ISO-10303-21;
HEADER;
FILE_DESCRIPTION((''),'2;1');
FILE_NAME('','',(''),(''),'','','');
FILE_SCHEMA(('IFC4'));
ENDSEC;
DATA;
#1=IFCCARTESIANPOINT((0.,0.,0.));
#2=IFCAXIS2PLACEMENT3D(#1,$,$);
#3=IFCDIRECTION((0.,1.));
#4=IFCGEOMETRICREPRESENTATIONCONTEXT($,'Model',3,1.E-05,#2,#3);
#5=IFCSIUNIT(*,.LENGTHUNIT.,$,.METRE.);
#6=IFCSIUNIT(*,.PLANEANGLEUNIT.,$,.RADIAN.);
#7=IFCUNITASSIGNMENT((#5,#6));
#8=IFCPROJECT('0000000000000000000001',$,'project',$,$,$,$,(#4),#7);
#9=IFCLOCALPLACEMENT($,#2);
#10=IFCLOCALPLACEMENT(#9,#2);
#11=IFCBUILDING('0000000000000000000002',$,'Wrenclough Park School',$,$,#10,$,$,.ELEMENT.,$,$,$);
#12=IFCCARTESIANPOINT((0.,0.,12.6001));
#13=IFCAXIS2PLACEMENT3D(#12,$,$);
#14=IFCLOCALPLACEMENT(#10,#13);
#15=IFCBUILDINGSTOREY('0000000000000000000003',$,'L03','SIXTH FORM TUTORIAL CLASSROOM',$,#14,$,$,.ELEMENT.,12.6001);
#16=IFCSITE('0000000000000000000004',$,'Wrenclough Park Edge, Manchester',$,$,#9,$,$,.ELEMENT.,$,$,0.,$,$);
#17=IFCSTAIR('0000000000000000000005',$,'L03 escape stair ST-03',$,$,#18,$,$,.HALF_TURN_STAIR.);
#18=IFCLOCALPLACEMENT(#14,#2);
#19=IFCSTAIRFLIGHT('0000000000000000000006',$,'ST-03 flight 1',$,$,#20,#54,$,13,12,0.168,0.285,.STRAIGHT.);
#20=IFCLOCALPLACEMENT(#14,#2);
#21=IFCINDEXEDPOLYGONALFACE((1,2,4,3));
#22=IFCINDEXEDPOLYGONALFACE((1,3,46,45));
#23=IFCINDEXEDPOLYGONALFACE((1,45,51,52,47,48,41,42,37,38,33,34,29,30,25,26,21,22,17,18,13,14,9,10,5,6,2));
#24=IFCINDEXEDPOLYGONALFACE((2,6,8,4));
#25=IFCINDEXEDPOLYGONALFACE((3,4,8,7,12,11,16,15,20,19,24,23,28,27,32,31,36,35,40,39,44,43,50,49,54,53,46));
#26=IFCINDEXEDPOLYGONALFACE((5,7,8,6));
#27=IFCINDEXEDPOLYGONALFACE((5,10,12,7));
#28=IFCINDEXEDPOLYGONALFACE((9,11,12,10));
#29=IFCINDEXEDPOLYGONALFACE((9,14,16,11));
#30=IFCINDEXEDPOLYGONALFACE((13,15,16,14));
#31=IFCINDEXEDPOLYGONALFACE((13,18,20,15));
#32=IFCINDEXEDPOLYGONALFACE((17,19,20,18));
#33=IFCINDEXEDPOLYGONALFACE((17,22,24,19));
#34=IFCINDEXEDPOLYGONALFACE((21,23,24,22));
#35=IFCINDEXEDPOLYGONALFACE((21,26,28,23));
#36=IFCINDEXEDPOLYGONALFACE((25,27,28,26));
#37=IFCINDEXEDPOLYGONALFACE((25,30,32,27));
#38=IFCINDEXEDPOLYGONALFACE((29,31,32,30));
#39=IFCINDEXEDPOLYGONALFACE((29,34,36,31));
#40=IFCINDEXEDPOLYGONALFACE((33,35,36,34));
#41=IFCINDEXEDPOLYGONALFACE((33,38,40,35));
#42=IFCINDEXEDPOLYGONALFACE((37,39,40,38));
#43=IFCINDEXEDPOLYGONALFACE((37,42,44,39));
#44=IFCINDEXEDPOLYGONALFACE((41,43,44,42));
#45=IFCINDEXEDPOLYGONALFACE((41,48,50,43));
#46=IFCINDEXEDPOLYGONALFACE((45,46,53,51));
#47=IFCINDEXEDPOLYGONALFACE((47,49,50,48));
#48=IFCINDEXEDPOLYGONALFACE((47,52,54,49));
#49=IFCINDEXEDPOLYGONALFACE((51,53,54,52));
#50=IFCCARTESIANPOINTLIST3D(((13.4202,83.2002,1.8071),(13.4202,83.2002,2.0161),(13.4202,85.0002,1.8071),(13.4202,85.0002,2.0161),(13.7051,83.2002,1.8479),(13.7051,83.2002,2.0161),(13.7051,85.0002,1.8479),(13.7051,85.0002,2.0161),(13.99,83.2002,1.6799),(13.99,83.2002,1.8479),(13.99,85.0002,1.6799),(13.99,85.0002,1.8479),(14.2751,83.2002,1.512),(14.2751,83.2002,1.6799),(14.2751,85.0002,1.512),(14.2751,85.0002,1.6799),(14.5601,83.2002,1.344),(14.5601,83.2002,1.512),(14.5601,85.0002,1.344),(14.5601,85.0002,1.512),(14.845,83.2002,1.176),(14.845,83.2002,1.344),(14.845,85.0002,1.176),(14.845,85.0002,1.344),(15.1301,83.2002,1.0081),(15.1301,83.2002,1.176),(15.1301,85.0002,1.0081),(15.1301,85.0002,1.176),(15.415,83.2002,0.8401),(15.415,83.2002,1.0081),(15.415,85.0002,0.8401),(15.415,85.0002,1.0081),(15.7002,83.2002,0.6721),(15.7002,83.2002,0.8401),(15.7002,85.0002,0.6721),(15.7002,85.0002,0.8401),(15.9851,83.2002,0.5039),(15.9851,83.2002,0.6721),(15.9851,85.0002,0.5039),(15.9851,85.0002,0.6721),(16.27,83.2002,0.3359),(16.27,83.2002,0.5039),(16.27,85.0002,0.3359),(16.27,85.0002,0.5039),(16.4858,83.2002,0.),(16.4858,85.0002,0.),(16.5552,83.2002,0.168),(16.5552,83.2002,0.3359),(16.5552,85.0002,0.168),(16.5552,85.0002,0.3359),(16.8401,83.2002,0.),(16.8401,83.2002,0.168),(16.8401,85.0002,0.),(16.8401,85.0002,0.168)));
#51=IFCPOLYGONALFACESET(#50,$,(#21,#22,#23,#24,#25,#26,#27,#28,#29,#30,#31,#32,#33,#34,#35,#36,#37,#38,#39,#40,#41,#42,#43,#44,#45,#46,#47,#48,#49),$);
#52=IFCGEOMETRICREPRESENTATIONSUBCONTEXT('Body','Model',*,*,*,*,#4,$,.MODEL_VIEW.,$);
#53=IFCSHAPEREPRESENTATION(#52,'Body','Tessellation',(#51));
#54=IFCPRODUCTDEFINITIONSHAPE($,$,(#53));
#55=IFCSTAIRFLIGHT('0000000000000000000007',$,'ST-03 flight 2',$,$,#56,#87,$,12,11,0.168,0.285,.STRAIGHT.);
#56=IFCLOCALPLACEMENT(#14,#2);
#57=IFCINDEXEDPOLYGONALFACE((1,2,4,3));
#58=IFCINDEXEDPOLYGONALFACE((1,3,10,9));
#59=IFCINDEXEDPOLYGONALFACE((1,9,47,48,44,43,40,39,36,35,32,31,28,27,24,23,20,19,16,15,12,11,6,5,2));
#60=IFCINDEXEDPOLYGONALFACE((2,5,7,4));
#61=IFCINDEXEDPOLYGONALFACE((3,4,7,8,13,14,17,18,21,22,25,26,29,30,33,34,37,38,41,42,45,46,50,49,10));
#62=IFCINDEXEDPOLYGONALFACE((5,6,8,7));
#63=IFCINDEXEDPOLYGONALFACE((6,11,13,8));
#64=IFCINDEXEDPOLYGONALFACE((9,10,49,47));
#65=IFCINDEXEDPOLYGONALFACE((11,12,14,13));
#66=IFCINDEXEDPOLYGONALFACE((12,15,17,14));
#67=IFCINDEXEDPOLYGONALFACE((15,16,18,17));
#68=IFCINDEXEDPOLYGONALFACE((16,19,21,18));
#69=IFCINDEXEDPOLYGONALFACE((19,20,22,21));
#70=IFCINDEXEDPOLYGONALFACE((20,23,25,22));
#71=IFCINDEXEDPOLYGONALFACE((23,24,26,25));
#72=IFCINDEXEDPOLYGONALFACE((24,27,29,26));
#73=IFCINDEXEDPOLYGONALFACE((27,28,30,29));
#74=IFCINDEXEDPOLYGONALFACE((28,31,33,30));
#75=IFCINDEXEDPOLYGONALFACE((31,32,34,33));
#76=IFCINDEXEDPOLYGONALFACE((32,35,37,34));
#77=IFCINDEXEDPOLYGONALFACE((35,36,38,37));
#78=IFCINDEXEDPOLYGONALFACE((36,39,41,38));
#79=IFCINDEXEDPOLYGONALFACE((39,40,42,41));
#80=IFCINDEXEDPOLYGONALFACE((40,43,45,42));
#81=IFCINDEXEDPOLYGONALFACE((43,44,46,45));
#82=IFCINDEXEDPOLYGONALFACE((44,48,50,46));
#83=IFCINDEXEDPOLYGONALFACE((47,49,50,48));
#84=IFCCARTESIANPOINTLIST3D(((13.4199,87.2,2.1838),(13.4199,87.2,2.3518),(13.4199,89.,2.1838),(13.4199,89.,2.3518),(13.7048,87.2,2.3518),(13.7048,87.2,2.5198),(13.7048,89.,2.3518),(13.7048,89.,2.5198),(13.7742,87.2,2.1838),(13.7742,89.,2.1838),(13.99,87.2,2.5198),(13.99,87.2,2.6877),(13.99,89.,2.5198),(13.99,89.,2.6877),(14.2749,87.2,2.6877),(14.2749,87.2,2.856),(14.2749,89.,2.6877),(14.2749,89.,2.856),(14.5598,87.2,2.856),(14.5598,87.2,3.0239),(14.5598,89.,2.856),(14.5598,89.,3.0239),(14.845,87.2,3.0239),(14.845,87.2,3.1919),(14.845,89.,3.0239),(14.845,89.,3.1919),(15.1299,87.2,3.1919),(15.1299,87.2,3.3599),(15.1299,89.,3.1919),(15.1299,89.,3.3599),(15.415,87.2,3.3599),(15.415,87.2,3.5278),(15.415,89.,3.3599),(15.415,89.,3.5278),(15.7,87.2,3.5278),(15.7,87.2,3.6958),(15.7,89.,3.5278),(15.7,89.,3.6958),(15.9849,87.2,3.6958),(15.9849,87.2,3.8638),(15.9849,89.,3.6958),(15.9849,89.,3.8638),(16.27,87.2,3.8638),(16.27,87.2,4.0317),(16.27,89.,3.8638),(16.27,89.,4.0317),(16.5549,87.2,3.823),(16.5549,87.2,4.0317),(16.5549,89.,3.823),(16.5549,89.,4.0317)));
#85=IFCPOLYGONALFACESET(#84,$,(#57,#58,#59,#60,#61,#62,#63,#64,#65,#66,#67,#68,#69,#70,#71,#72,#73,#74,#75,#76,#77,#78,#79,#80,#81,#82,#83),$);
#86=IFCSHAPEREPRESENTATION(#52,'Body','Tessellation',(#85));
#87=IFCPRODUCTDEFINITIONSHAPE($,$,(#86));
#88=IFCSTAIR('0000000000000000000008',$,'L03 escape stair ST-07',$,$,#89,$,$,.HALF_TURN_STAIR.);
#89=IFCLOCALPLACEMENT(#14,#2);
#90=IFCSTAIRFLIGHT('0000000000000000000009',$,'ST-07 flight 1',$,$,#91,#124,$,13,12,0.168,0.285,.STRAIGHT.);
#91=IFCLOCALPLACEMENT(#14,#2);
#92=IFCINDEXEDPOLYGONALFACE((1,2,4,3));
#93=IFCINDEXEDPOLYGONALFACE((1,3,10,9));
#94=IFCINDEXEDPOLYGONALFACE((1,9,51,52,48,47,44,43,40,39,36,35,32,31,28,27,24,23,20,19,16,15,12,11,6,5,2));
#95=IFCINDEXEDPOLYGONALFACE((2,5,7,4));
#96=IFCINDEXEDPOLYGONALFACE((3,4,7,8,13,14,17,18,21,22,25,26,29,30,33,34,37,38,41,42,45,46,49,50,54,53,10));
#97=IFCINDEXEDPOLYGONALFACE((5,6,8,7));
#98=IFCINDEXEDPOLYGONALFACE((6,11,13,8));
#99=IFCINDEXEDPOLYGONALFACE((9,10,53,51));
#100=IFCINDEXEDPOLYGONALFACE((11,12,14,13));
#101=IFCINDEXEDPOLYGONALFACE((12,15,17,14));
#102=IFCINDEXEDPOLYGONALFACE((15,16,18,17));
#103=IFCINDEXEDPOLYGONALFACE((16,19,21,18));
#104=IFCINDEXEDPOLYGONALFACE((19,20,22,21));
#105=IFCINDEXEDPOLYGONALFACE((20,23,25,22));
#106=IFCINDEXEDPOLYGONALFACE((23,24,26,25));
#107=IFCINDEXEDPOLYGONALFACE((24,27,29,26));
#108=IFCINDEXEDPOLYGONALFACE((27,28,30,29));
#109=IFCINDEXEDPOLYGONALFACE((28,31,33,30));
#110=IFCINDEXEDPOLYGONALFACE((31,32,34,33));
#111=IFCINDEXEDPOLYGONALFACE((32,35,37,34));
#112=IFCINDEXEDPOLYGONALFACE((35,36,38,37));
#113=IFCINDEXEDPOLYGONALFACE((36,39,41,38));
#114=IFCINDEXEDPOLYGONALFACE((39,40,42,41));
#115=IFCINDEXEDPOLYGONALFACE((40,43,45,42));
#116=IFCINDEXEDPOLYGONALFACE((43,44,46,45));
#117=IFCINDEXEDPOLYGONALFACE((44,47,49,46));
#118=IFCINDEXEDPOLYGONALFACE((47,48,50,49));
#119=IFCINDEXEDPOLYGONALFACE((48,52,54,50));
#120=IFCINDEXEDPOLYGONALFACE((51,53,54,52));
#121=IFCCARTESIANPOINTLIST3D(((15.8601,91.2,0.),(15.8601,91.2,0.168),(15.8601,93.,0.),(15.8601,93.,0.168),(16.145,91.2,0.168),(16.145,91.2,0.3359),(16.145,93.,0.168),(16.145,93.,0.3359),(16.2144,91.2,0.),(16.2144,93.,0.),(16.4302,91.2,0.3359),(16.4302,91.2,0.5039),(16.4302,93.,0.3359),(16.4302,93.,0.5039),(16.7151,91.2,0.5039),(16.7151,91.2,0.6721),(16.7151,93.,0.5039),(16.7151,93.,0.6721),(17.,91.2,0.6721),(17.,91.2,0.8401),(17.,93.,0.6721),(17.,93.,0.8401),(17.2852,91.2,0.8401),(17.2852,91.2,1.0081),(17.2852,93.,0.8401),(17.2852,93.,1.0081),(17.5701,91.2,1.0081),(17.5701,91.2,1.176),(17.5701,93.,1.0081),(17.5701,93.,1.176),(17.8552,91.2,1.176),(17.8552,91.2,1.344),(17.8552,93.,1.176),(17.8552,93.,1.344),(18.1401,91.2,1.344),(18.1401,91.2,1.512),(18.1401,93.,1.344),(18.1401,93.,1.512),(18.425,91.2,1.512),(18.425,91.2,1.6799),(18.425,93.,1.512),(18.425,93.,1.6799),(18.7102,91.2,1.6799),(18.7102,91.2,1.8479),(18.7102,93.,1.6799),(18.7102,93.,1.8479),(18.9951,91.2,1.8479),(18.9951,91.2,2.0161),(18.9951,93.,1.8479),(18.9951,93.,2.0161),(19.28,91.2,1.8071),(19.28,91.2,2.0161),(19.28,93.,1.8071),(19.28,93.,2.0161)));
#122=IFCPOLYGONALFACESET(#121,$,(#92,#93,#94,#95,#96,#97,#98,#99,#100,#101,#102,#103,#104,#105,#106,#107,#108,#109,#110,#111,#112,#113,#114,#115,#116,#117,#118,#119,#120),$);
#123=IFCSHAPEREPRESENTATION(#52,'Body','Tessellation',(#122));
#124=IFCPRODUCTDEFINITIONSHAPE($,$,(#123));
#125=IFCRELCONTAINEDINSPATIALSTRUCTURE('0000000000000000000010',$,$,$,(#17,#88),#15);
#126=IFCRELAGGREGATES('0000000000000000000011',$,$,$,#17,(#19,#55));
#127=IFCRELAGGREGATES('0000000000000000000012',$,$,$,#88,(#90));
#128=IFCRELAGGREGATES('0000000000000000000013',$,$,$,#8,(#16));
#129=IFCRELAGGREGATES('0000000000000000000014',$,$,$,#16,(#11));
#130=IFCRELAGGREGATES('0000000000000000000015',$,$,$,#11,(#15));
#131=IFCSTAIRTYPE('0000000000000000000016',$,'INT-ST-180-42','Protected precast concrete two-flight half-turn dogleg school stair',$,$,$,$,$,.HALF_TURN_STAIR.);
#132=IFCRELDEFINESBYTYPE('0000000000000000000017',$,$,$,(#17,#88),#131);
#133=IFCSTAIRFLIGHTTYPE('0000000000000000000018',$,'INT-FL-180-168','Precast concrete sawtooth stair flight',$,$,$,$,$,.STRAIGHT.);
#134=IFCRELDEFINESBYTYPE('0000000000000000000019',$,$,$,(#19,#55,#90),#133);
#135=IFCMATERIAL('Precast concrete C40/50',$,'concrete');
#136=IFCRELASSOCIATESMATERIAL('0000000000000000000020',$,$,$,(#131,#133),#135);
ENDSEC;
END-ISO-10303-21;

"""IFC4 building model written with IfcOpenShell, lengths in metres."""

from ifc_helpers import new_model, si_unit, direction, frame, origin, place, context, subcontext, project, spatial, polyline, outline, extrude, material, type_object, element, aggregate, save


model = new_model("IFC4")

# Units and contexts
model_context = context("Model", 3, precision=1e-05, world=origin(), true_north=direction((0.0, 1.0)))
body_context = subcontext(model_context, "Body", "Model", "MODEL_VIEW")
ifc_project = project(units=[si_unit("LENGTHUNIT", "METRE"), si_unit("PLANEANGLEUNIT", "RADIAN")], contexts=[model_context])

# Site, building, storey
site_placement = place(None, origin())
site = spatial("IfcSite", under=ifc_project, at=site_placement, Name="Wrenclough Park Edge, Manchester", CompositionType="ELEMENT", RefElevation=0.0)
building_placement = place(site_placement, origin())
building = spatial("IfcBuilding", under=site, at=building_placement, Name="Wrenclough Park School", CompositionType="ELEMENT")
storey_placement = place(building_placement, frame((0.0, 0.0, 12.6001)))
storey = spatial("IfcBuildingStorey", under=building, at=storey_placement, Name="L03", Description="SIXTH FORM TUTORIAL CLASSROOM", CompositionType="ELEMENT", Elevation=12.6001)

# Stair, stair flights
ifc_material_1 = material(Name="Precast concrete C40/50", Category="concrete")
stair_type = type_object("IfcStairType", Name="INT-ST-180-42", Description="Protected precast concrete two-flight half-turn dogleg school stair", PredefinedType="HALF_TURN_STAIR", material=ifc_material_1)
stair_1_placement = place(storey_placement, origin())
stair_1 = element("IfcStair", 1, at=stair_1_placement, inside=storey, type_object=stair_type, Name="L03 escape stair ST-03", PredefinedType="HALF_TURN_STAIR")
stair_flight_type = type_object("IfcStairFlightType", Name="INT-FL-180-168", Description="Precast concrete sawtooth stair flight", PredefinedType="STRAIGHT", material=ifc_material_1)
stair_flight_1_placement = place(storey_placement, frame((16.8401, 84.1001, 0.0), z_axis=(0.0, 0.0, 1.0), x_axis=(-1.0, 0.0, 0.0)))
stair_flight_1 = element("IfcStairFlight", 2, at=stair_flight_1_placement, type_object=stair_flight_type, Name="ST-03 flight 1", NumberOfRisers=13, NumberOfTreads=12, PredefinedType="STRAIGHT", RiserHeight=0.168, TreadLength=0.285, context=body_context, shape_type="SweptSolid", body=[
    extrude(outline(polyline([(0.0, 0.0), (0.0, 0.168), (0.2849, 0.168), (0.2849, 0.3359), (0.5701, 0.3359), (0.5701, 0.5039), (0.855, 0.5039), (0.855, 0.6721), (1.1399, 0.6721), (1.1399, 0.8401), (1.425, 0.8401), (1.425, 1.0081), (1.71, 1.0081), (1.71, 1.176), (1.9951, 1.176), (1.9951, 1.344), (2.28, 1.344), (2.28, 1.512), (2.5649, 1.512), (2.5649, 1.6799), (2.8501, 1.6799), (2.8501, 1.8479), (3.135, 1.8479), (3.135, 2.0161), (3.4199, 2.0161), (3.4199, 2.1841), (3.4199, 1.8071), (0.3542, 0.0), (0.0, 0.0)])), frame((0.0, 0.8999, 0.0), z_axis=(0.0, -1.0, 0.0), x_axis=(1.0, 0.0, 0.0)), (0.0, 0.0, 1.0), 1.8),
])
stair_flight_2_placement = place(storey_placement, frame((13.4199, 88.1001, 2.1838), z_axis=(0.0, 0.0, 1.0), x_axis=(1.0, 0.0, 0.0)))
stair_flight_2 = element("IfcStairFlight", 3, at=stair_flight_2_placement, type_object=stair_flight_type, Name="ST-03 flight 2", NumberOfRisers=12, NumberOfTreads=11, PredefinedType="STRAIGHT", RiserHeight=0.168, TreadLength=0.285, context=body_context, shape_type="SweptSolid", body=[
    extrude(outline(polyline([(0.0, 0.0), (0.0, 0.168), (0.2849, 0.168), (0.2849, 0.3359), (0.5701, 0.3359), (0.5701, 0.5039), (0.855, 0.5039), (0.855, 0.6721), (1.1399, 0.6721), (1.1399, 0.8401), (1.425, 0.8401), (1.425, 1.0081), (1.71, 1.0081), (1.71, 1.176), (1.9951, 1.176), (1.9951, 1.344), (2.28, 1.344), (2.28, 1.512), (2.5649, 1.512), (2.5649, 1.6799), (2.8501, 1.6799), (2.8501, 1.8479), (3.135, 1.8479), (3.135, 2.0161), (3.135, 1.6392), (0.3542, 0.0), (0.0, 0.0)])), frame((0.0, 0.8999, 0.0), z_axis=(0.0, -1.0, 0.0), x_axis=(1.0, 0.0, 0.0)), (0.0, 0.0, 1.0), 1.8),
])
aggregate(stair_1, [stair_flight_1, stair_flight_2])

# Stair, stair flight
stair_2_placement = place(storey_placement, origin())
stair_2 = element("IfcStair", 4, at=stair_2_placement, inside=storey, type_object=stair_type, Name="L03 escape stair ST-07", PredefinedType="HALF_TURN_STAIR")
stair_flight_3_placement = place(storey_placement, frame((15.8601, 92.1001, 0.0), z_axis=(0.0, 0.0, 1.0), x_axis=(1.0, 0.0, 0.0)))
stair_flight_3 = element("IfcStairFlight", 5, at=stair_flight_3_placement, type_object=stair_flight_type, Name="ST-07 flight 1", NumberOfRisers=13, NumberOfTreads=12, PredefinedType="STRAIGHT", RiserHeight=0.168, TreadLength=0.285, context=body_context, shape_type="SweptSolid", body=[
    extrude(outline(polyline([(0.0, 0.0), (0.0, 0.168), (0.2849, 0.168), (0.2849, 0.3359), (0.5701, 0.3359), (0.5701, 0.5039), (0.855, 0.5039), (0.855, 0.6721), (1.1399, 0.6721), (1.1399, 0.8401), (1.425, 0.8401), (1.425, 1.0081), (1.71, 1.0081), (1.71, 1.176), (1.9951, 1.176), (1.9951, 1.344), (2.28, 1.344), (2.28, 1.512), (2.5649, 1.512), (2.5649, 1.6799), (2.8501, 1.6799), (2.8501, 1.8479), (3.135, 1.8479), (3.135, 2.0161), (3.4199, 2.0161), (3.4199, 2.1841), (3.4199, 1.8071), (0.3542, 0.0), (0.0, 0.0)])), frame((0.0, 0.8999, 0.0), z_axis=(0.0, -1.0, 0.0), x_axis=(1.0, 0.0, 0.0)), (0.0, 0.0, 1.0), 1.8),
])
aggregate(stair_2, [stair_flight_3])

save(model, "model.ifc")
